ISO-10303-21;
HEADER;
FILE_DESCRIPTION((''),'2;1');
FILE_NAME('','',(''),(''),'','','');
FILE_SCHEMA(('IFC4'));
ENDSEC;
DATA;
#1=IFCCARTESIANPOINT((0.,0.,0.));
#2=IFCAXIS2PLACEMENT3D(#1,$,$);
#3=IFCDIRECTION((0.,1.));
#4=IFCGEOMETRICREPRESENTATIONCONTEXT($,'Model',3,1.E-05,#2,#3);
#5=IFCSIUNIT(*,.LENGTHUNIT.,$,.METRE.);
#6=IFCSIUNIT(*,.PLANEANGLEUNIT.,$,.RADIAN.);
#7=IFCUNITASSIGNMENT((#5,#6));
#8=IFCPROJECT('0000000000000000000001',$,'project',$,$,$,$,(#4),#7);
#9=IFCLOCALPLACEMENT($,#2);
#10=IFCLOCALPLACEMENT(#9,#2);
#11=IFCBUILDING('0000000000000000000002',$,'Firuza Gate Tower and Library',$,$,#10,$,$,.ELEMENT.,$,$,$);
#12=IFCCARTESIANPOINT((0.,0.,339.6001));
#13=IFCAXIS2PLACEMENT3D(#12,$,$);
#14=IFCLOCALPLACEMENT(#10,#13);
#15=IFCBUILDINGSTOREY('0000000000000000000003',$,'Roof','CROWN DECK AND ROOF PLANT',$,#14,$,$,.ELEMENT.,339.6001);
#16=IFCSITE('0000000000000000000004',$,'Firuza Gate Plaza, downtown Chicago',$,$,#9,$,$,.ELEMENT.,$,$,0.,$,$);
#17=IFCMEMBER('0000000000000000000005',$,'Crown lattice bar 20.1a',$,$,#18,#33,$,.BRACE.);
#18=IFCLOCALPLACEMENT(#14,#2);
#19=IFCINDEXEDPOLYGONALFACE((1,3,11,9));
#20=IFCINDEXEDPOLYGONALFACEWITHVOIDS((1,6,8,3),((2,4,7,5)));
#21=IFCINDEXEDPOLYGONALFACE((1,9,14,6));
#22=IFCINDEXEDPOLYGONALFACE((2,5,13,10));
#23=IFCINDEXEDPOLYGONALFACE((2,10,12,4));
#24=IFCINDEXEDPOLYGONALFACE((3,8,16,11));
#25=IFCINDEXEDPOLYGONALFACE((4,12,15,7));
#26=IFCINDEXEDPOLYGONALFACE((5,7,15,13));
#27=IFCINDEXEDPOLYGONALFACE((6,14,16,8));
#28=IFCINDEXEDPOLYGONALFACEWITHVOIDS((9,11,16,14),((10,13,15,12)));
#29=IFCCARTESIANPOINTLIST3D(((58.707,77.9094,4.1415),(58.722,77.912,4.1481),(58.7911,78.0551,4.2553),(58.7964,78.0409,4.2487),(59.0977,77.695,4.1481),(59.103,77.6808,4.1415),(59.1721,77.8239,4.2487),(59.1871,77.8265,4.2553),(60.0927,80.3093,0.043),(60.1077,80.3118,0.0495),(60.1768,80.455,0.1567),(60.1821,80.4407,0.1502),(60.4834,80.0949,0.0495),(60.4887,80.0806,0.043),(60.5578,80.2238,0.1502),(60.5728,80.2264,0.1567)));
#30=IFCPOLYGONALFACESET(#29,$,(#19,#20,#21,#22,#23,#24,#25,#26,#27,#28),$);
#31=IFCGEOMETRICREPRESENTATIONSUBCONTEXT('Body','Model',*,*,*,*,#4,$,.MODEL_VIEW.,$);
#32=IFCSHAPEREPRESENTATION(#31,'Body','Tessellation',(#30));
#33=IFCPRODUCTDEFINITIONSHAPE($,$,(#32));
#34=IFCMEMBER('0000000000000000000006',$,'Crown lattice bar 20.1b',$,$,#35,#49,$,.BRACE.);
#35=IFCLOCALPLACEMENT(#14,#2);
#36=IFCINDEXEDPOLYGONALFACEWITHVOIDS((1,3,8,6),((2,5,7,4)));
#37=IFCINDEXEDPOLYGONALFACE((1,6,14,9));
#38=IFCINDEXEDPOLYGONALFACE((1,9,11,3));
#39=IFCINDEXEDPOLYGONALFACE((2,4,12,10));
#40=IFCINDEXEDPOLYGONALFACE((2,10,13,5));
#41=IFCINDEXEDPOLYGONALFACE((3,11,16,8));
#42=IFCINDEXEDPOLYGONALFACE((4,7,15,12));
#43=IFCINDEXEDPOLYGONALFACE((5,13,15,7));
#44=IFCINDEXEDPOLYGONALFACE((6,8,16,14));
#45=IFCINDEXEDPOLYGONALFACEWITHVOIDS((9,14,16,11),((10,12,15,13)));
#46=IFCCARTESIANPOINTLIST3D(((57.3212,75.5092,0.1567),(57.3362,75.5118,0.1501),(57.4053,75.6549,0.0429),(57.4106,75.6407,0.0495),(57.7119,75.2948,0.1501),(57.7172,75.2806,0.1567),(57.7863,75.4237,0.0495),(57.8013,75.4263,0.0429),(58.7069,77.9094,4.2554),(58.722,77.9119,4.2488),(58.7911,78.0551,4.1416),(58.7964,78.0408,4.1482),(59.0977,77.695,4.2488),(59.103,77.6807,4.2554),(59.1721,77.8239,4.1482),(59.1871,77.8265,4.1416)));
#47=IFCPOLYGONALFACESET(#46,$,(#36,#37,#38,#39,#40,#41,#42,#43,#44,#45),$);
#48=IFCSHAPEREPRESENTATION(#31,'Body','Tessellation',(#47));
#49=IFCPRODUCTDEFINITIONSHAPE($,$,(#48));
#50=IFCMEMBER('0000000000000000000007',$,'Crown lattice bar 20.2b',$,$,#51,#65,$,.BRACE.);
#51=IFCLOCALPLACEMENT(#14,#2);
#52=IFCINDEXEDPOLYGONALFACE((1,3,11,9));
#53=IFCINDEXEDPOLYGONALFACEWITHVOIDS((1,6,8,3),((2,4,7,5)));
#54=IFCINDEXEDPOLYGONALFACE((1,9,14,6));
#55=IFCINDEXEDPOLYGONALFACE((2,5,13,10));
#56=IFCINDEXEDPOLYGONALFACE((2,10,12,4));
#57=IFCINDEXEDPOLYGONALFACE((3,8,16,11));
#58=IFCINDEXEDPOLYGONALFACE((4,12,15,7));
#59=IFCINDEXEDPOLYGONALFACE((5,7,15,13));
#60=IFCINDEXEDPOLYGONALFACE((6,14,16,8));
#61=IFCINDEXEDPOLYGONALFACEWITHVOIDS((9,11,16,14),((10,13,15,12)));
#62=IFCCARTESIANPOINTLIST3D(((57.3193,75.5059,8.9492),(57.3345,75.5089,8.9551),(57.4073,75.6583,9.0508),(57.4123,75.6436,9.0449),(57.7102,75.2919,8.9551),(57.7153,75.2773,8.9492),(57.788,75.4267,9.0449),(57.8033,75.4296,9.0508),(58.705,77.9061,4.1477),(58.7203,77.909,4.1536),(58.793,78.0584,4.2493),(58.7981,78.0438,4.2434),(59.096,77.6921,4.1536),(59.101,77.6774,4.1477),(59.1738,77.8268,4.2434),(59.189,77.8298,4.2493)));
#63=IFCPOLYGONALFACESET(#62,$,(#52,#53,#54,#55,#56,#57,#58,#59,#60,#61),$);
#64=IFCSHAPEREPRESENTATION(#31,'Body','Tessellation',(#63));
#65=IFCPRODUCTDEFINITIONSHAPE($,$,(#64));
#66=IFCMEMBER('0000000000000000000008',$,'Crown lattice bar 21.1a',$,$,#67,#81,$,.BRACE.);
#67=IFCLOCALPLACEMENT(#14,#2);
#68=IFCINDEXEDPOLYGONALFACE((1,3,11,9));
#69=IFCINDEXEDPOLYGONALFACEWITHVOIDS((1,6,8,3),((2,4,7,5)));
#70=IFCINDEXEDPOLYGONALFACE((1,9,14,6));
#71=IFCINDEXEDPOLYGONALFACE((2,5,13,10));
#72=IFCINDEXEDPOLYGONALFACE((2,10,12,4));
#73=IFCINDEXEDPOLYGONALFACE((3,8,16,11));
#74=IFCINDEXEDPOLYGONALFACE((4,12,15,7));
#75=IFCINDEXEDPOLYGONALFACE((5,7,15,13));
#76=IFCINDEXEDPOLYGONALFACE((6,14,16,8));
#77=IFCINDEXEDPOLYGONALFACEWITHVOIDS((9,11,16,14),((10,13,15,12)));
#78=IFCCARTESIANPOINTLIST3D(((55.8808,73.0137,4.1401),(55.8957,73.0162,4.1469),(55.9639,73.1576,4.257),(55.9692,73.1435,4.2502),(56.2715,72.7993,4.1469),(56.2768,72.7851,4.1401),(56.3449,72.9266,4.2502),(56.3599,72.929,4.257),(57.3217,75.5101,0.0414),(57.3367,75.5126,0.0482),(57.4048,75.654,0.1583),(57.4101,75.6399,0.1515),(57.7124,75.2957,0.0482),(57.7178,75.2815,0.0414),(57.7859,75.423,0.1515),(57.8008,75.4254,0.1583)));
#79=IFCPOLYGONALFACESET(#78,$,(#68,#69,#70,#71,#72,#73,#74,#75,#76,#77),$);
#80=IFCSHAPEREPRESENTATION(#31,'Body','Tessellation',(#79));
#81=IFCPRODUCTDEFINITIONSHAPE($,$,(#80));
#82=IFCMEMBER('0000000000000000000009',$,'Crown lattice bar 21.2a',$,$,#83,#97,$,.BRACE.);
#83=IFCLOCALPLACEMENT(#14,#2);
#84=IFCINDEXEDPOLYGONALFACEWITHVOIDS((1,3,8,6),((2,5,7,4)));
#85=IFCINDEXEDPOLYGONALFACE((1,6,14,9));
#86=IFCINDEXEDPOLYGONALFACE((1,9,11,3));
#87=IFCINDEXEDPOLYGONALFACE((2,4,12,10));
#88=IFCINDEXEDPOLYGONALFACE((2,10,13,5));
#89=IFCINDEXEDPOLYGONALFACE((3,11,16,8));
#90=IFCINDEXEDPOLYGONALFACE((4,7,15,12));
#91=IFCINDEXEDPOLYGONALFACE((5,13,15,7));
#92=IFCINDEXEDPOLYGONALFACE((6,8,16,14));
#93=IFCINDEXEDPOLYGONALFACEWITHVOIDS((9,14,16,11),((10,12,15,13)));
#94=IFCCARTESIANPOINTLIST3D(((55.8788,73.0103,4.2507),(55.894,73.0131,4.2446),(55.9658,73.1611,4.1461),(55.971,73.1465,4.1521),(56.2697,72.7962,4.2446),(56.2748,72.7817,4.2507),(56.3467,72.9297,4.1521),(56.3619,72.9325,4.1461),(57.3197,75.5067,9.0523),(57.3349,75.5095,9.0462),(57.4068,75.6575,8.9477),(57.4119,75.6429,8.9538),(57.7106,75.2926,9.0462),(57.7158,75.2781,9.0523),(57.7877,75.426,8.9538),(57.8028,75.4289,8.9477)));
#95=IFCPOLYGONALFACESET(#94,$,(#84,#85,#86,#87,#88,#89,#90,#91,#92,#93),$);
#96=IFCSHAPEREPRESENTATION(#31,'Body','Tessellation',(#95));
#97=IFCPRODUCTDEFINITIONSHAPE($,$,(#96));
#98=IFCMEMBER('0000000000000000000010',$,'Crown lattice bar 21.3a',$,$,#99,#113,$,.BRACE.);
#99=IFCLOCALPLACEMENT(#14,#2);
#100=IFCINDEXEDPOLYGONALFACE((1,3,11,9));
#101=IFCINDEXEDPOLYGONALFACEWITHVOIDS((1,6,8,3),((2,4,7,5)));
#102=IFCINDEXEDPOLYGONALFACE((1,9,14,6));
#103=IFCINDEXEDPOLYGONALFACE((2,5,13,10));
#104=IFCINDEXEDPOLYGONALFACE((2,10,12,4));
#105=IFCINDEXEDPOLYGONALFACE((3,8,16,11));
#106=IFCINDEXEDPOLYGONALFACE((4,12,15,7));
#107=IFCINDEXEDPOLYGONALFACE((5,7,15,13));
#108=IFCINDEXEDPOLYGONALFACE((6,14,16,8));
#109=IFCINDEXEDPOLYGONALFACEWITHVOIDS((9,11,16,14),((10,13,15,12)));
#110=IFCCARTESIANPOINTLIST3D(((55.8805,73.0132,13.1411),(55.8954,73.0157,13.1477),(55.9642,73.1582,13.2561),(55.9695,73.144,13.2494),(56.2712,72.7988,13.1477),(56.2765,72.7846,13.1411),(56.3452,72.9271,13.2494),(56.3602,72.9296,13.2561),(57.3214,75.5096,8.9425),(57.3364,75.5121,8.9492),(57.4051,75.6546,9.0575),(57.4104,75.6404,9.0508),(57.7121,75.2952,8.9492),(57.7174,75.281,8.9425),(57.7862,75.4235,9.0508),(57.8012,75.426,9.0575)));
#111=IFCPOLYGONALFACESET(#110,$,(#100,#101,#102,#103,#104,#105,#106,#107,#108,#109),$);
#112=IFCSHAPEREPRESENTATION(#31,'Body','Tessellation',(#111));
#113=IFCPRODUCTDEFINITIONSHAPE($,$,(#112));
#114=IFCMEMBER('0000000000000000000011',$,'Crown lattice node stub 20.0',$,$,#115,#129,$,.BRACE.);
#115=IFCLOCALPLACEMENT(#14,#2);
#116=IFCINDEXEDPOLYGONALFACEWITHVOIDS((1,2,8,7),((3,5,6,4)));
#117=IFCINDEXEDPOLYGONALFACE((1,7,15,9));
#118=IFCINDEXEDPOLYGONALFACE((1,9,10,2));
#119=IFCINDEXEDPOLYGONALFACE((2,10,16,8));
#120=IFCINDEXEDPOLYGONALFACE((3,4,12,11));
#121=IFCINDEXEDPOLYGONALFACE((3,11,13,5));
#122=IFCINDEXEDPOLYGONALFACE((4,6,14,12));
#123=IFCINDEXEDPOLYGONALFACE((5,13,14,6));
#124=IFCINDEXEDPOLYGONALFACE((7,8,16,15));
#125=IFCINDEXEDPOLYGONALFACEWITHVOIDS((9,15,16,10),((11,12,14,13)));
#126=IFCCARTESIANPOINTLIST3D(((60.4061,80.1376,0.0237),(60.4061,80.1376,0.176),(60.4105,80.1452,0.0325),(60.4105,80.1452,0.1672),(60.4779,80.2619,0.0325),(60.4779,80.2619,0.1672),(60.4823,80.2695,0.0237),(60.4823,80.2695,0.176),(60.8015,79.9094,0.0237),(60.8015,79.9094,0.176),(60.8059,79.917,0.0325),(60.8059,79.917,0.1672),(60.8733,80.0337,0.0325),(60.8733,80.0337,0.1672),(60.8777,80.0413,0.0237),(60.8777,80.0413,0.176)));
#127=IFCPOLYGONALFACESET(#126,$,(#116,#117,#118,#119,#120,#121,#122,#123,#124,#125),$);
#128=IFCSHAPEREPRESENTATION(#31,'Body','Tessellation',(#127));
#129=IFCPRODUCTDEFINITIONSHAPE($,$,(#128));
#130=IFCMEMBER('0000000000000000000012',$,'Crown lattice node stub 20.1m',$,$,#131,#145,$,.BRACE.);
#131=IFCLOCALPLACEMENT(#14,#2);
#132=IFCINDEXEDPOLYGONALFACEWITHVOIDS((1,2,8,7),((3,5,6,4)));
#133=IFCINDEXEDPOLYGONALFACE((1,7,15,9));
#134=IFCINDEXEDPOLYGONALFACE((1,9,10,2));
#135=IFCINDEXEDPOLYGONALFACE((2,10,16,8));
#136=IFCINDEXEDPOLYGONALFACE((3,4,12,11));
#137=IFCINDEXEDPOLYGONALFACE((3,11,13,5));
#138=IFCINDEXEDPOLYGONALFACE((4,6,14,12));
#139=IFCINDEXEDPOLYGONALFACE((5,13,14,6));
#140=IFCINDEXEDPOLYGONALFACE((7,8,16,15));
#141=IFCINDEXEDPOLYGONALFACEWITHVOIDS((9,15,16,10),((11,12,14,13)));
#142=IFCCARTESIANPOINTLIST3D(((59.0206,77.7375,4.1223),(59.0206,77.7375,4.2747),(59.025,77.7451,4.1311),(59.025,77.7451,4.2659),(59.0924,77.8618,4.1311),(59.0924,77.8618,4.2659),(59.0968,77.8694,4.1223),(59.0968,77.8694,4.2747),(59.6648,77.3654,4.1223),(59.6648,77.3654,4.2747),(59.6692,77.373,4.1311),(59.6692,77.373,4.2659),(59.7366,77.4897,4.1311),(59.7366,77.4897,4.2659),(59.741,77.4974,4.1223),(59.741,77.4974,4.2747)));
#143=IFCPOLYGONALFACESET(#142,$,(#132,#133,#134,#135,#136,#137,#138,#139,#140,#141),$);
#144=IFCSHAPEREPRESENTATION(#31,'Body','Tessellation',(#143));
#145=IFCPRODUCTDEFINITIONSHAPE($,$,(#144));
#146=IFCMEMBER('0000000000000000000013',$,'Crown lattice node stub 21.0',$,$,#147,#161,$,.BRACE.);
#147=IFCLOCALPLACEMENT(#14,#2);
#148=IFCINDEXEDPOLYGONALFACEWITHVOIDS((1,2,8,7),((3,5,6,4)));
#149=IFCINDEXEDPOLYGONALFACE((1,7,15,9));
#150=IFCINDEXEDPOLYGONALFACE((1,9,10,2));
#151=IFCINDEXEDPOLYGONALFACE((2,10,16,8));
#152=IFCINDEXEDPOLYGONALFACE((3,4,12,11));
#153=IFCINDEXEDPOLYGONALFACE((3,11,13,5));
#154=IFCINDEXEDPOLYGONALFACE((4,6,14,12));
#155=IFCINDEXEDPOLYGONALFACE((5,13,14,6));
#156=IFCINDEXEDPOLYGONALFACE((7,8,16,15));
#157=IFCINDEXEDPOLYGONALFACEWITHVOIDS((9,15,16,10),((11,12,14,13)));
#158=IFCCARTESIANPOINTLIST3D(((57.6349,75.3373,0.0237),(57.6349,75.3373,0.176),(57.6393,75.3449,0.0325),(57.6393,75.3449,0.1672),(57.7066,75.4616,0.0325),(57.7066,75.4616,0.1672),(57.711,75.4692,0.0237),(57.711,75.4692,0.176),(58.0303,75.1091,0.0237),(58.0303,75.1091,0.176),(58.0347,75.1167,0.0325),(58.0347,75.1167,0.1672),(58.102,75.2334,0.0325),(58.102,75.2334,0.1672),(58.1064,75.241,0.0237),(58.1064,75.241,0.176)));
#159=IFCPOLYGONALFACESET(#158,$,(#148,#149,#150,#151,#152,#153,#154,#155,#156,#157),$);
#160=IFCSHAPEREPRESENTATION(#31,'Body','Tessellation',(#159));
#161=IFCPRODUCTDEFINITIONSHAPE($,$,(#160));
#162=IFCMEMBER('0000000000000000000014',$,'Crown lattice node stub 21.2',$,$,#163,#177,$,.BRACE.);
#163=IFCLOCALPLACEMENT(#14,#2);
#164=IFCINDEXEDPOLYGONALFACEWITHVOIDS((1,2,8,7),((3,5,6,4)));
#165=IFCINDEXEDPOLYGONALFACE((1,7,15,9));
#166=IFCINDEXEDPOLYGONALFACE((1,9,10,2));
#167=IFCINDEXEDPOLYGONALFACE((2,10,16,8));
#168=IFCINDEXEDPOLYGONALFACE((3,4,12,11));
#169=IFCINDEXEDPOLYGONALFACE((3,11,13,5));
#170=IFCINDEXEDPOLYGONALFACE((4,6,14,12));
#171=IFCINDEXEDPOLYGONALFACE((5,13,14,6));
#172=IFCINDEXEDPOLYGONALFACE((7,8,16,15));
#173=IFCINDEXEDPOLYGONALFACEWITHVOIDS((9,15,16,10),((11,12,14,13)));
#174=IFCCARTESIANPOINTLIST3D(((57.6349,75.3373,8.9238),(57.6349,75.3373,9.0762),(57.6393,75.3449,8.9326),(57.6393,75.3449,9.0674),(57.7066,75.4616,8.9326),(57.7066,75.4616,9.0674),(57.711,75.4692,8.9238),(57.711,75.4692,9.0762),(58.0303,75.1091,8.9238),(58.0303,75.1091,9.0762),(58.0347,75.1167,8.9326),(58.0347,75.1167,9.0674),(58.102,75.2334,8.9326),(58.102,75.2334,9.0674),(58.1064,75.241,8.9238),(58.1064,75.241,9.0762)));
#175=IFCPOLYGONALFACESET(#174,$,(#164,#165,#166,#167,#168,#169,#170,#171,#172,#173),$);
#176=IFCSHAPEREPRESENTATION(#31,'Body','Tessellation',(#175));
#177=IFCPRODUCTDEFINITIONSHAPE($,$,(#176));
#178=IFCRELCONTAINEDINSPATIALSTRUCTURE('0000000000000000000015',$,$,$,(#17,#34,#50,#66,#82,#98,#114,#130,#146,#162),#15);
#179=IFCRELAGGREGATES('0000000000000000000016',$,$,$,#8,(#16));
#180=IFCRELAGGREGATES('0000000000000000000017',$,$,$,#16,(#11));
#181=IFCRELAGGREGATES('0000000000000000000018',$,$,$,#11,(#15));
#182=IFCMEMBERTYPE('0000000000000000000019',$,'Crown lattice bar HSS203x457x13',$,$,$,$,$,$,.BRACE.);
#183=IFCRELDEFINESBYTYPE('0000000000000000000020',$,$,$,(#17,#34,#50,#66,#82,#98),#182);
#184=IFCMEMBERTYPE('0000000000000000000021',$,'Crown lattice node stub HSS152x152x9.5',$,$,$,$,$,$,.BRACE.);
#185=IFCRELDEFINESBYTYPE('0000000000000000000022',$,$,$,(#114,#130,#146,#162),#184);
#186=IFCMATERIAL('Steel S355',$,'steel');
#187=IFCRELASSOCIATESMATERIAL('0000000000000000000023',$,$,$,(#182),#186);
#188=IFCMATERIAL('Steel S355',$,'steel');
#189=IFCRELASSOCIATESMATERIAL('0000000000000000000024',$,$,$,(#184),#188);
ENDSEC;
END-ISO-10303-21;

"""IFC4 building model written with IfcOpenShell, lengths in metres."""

from ifc_helpers import new_model, si_unit, direction, frame, origin, origin_2d, place, context, subcontext, project, spatial, hollow_rectangle, extrude, material, material_profile, profile_set, type_object, element, save


model = new_model("IFC4")

# Units and contexts
model_context = context("Model", 3, precision=1e-05, world=origin(), true_north=direction((0.0, 1.0)))
body_context = subcontext(model_context, "Body", "Model", "MODEL_VIEW")
ifc_project = project(units=[si_unit("LENGTHUNIT", "METRE"), si_unit("PLANEANGLEUNIT", "RADIAN")], contexts=[model_context])

# Site, building, storey
site_placement = place(None, origin())
site = spatial("IfcSite", under=ifc_project, at=site_placement, Name="Firuza Gate Plaza, downtown Chicago", CompositionType="ELEMENT", RefElevation=0.0)
building_placement = place(site_placement, origin())
building = spatial("IfcBuilding", under=site, at=building_placement, Name="Firuza Gate Tower and Library", CompositionType="ELEMENT")
storey_placement = place(building_placement, frame((0.0, 0.0, 339.6001)))
storey = spatial("IfcBuildingStorey", under=building, at=storey_placement, Name="Roof", Description="CROWN DECK AND ROOF PLANT", CompositionType="ELEMENT", Elevation=339.6001)

# Members
ifc_material_1 = material(Name="Steel S355", Category="steel")
ifc_material_profile_1 = material_profile(ifc_material_1, hollow_rectangle(XDim=0.4573, YDim=0.2031, WallThickness=0.0117, at=origin_2d()))
ifc_profile_set_1 = profile_set([ifc_material_profile_1], Name="Steel S355")
member_type_1 = type_object("IfcMemberType", Name="Crown lattice bar HSS203x457x13", PredefinedType="BRACE", material=ifc_profile_set_1)
member_1_placement = place(storey_placement, frame((60.3328, 80.2678, 0.0999), z_axis=(-0.280085, -0.485065, 0.828411), x_axis=(0.866001, -0.500043, 0.0)))
element("IfcMember", 1, at=member_1_placement, inside=storey, type_object=member_type_1, Name="Crown lattice bar 20.1a", PredefinedType="BRACE", context=body_context, shape_type="SweptSolid", body=[
    extrude(hollow_rectangle(XDim=0.4573, YDim=0.2031, WallThickness=0.0117, at=origin_2d()), origin(), (0.0, 0.0, 1.0), 4.9475),
])
member_2_placement = place(storey_placement, frame((58.947, 77.8679, 4.1985), z_axis=(-0.280078, -0.485103, -0.828391), x_axis=(0.866023, -0.500005, 0.0)))
element("IfcMember", 2, at=member_2_placement, inside=storey, type_object=member_type_1, Name="Crown lattice bar 20.1b", PredefinedType="BRACE", context=body_context, shape_type="SweptSolid", body=[
    extrude(hollow_rectangle(XDim=0.4573, YDim=0.2031, WallThickness=0.0117, at=origin_2d()), origin(), (0.0, 0.0, 1.0), 4.9478),
])
member_3_placement = place(storey_placement, frame((58.947, 77.8679, 4.1985), z_axis=(-0.249955, -0.43293, 0.86608), x_axis=(0.866023, -0.500005, 0.0)))
element("IfcMember", 3, at=member_3_placement, inside=storey, type_object=member_type_1, Name="Crown lattice bar 20.2b", PredefinedType="BRACE", context=body_context, shape_type="SweptSolid", body=[
    extrude(hollow_rectangle(XDim=0.4573, YDim=0.2031, WallThickness=0.0117, at=origin_2d()), origin(), (0.0, 0.0, 1.0), 5.5439),
])
member_4_placement = place(storey_placement, frame((57.5613, 75.4678, 0.0999), z_axis=(-0.28757, -0.498205, 0.817982), x_axis=(0.866077, -0.499911, 0.0)))
element("IfcMember", 4, at=member_4_placement, inside=storey, type_object=member_type_1, Name="Crown lattice bar 21.1a", PredefinedType="BRACE", context=body_context, shape_type="SweptSolid", body=[
    extrude(hollow_rectangle(XDim=0.4573, YDim=0.2031, WallThickness=0.0117, at=origin_2d()), origin(), (0.0, 0.0, 1.0), 5.0107),
])
member_5_placement = place(storey_placement, frame((57.5613, 75.4678, 9.0), z_axis=(-0.257297, -0.445757, -0.857379), x_axis=(0.866077, -0.499911, 0.0)))
element("IfcMember", 5, at=member_5_placement, inside=storey, type_object=member_type_1, Name="Crown lattice bar 21.2a", PredefinedType="BRACE", context=body_context, shape_type="SweptSolid", body=[
    extrude(hollow_rectangle(XDim=0.4573, YDim=0.2031, WallThickness=0.0117, at=origin_2d()), origin(), (0.0, 0.0, 1.0), 5.6003),
])
member_6_placement = place(storey_placement, frame((57.5613, 75.4678, 9.0), z_axis=(-0.28294, -0.490183, 0.824418), x_axis=(0.866077, -0.499911, 0.0)))
element("IfcMember", 6, at=member_6_placement, inside=storey, type_object=member_type_1, Name="Crown lattice bar 21.3a", PredefinedType="BRACE", context=body_context, shape_type="SweptSolid", body=[
    extrude(hollow_rectangle(XDim=0.4573, YDim=0.2031, WallThickness=0.0117, at=origin_2d()), origin(), (0.0, 0.0, 1.0), 5.0928),
])
ifc_material_2 = material(Name="Steel S355", Category="steel")
ifc_material_profile_2 = material_profile(ifc_material_2, hollow_rectangle(XDim=0.1523, YDim=0.1523, WallThickness=0.0088, at=origin_2d()))
ifc_profile_set_2 = profile_set([ifc_material_profile_2], Name="Steel S355")
member_type_2 = type_object("IfcMemberType", Name="Crown lattice node stub HSS152x152x9.5", PredefinedType="BRACE", material=ifc_profile_set_2)
member_7_placement = place(storey_placement, frame((60.8396, 79.9753, 0.0999), z_axis=(-0.866097, 0.499877, 0.0), x_axis=(-0.499877, -0.866097, 0.0)))
element("IfcMember", 7, at=member_7_placement, inside=storey, type_object=member_type_2, Name="Crown lattice node stub 20.0", PredefinedType="BRACE", context=body_context, shape_type="SweptSolid", body=[
    extrude(hollow_rectangle(XDim=0.1523, YDim=0.1523, WallThickness=0.0088, at=origin_2d()), origin(), (0.0, 0.0, 1.0), 0.4565),
])
member_8_placement = place(storey_placement, frame((59.7029, 77.4314, 4.1985), z_axis=(-0.865972, 0.500092, 0.0), x_axis=(-0.500092, -0.865972, 0.0)))
element("IfcMember", 8, at=member_8_placement, inside=storey, type_object=member_type_2, Name="Crown lattice node stub 20.1m", PredefinedType="BRACE", context=body_context, shape_type="SweptSolid", body=[
    extrude(hollow_rectangle(XDim=0.1523, YDim=0.1523, WallThickness=0.0088, at=origin_2d()), origin(), (0.0, 0.0, 1.0), 0.7439),
])
for number, where, z_axis, x_axis, name in (
    (9, (58.0684, 75.175, 0.0999), (-0.866097, 0.499877, 0.0), (-0.499877, -0.866097, 0.0), "Crown lattice node stub 21.0"),
    (10, (58.0684, 75.175, 9.0), (-0.866097, 0.499877, 0.0), (-0.499877, -0.866097, 0.0), "Crown lattice node stub 21.2"),
):
    element("IfcMember", number, at=place(storey_placement, frame(where, z_axis=z_axis, x_axis=x_axis)), inside=storey, type_object=member_type_2, Name=name, PredefinedType="BRACE", context=body_context, shape_type="SweptSolid", body=[
        extrude(hollow_rectangle(XDim=0.1523, YDim=0.1523, WallThickness=0.0088, at=origin_2d()), origin(), (0.0, 0.0, 1.0), 0.4565),
    ])

save(model, "model.ifc")
